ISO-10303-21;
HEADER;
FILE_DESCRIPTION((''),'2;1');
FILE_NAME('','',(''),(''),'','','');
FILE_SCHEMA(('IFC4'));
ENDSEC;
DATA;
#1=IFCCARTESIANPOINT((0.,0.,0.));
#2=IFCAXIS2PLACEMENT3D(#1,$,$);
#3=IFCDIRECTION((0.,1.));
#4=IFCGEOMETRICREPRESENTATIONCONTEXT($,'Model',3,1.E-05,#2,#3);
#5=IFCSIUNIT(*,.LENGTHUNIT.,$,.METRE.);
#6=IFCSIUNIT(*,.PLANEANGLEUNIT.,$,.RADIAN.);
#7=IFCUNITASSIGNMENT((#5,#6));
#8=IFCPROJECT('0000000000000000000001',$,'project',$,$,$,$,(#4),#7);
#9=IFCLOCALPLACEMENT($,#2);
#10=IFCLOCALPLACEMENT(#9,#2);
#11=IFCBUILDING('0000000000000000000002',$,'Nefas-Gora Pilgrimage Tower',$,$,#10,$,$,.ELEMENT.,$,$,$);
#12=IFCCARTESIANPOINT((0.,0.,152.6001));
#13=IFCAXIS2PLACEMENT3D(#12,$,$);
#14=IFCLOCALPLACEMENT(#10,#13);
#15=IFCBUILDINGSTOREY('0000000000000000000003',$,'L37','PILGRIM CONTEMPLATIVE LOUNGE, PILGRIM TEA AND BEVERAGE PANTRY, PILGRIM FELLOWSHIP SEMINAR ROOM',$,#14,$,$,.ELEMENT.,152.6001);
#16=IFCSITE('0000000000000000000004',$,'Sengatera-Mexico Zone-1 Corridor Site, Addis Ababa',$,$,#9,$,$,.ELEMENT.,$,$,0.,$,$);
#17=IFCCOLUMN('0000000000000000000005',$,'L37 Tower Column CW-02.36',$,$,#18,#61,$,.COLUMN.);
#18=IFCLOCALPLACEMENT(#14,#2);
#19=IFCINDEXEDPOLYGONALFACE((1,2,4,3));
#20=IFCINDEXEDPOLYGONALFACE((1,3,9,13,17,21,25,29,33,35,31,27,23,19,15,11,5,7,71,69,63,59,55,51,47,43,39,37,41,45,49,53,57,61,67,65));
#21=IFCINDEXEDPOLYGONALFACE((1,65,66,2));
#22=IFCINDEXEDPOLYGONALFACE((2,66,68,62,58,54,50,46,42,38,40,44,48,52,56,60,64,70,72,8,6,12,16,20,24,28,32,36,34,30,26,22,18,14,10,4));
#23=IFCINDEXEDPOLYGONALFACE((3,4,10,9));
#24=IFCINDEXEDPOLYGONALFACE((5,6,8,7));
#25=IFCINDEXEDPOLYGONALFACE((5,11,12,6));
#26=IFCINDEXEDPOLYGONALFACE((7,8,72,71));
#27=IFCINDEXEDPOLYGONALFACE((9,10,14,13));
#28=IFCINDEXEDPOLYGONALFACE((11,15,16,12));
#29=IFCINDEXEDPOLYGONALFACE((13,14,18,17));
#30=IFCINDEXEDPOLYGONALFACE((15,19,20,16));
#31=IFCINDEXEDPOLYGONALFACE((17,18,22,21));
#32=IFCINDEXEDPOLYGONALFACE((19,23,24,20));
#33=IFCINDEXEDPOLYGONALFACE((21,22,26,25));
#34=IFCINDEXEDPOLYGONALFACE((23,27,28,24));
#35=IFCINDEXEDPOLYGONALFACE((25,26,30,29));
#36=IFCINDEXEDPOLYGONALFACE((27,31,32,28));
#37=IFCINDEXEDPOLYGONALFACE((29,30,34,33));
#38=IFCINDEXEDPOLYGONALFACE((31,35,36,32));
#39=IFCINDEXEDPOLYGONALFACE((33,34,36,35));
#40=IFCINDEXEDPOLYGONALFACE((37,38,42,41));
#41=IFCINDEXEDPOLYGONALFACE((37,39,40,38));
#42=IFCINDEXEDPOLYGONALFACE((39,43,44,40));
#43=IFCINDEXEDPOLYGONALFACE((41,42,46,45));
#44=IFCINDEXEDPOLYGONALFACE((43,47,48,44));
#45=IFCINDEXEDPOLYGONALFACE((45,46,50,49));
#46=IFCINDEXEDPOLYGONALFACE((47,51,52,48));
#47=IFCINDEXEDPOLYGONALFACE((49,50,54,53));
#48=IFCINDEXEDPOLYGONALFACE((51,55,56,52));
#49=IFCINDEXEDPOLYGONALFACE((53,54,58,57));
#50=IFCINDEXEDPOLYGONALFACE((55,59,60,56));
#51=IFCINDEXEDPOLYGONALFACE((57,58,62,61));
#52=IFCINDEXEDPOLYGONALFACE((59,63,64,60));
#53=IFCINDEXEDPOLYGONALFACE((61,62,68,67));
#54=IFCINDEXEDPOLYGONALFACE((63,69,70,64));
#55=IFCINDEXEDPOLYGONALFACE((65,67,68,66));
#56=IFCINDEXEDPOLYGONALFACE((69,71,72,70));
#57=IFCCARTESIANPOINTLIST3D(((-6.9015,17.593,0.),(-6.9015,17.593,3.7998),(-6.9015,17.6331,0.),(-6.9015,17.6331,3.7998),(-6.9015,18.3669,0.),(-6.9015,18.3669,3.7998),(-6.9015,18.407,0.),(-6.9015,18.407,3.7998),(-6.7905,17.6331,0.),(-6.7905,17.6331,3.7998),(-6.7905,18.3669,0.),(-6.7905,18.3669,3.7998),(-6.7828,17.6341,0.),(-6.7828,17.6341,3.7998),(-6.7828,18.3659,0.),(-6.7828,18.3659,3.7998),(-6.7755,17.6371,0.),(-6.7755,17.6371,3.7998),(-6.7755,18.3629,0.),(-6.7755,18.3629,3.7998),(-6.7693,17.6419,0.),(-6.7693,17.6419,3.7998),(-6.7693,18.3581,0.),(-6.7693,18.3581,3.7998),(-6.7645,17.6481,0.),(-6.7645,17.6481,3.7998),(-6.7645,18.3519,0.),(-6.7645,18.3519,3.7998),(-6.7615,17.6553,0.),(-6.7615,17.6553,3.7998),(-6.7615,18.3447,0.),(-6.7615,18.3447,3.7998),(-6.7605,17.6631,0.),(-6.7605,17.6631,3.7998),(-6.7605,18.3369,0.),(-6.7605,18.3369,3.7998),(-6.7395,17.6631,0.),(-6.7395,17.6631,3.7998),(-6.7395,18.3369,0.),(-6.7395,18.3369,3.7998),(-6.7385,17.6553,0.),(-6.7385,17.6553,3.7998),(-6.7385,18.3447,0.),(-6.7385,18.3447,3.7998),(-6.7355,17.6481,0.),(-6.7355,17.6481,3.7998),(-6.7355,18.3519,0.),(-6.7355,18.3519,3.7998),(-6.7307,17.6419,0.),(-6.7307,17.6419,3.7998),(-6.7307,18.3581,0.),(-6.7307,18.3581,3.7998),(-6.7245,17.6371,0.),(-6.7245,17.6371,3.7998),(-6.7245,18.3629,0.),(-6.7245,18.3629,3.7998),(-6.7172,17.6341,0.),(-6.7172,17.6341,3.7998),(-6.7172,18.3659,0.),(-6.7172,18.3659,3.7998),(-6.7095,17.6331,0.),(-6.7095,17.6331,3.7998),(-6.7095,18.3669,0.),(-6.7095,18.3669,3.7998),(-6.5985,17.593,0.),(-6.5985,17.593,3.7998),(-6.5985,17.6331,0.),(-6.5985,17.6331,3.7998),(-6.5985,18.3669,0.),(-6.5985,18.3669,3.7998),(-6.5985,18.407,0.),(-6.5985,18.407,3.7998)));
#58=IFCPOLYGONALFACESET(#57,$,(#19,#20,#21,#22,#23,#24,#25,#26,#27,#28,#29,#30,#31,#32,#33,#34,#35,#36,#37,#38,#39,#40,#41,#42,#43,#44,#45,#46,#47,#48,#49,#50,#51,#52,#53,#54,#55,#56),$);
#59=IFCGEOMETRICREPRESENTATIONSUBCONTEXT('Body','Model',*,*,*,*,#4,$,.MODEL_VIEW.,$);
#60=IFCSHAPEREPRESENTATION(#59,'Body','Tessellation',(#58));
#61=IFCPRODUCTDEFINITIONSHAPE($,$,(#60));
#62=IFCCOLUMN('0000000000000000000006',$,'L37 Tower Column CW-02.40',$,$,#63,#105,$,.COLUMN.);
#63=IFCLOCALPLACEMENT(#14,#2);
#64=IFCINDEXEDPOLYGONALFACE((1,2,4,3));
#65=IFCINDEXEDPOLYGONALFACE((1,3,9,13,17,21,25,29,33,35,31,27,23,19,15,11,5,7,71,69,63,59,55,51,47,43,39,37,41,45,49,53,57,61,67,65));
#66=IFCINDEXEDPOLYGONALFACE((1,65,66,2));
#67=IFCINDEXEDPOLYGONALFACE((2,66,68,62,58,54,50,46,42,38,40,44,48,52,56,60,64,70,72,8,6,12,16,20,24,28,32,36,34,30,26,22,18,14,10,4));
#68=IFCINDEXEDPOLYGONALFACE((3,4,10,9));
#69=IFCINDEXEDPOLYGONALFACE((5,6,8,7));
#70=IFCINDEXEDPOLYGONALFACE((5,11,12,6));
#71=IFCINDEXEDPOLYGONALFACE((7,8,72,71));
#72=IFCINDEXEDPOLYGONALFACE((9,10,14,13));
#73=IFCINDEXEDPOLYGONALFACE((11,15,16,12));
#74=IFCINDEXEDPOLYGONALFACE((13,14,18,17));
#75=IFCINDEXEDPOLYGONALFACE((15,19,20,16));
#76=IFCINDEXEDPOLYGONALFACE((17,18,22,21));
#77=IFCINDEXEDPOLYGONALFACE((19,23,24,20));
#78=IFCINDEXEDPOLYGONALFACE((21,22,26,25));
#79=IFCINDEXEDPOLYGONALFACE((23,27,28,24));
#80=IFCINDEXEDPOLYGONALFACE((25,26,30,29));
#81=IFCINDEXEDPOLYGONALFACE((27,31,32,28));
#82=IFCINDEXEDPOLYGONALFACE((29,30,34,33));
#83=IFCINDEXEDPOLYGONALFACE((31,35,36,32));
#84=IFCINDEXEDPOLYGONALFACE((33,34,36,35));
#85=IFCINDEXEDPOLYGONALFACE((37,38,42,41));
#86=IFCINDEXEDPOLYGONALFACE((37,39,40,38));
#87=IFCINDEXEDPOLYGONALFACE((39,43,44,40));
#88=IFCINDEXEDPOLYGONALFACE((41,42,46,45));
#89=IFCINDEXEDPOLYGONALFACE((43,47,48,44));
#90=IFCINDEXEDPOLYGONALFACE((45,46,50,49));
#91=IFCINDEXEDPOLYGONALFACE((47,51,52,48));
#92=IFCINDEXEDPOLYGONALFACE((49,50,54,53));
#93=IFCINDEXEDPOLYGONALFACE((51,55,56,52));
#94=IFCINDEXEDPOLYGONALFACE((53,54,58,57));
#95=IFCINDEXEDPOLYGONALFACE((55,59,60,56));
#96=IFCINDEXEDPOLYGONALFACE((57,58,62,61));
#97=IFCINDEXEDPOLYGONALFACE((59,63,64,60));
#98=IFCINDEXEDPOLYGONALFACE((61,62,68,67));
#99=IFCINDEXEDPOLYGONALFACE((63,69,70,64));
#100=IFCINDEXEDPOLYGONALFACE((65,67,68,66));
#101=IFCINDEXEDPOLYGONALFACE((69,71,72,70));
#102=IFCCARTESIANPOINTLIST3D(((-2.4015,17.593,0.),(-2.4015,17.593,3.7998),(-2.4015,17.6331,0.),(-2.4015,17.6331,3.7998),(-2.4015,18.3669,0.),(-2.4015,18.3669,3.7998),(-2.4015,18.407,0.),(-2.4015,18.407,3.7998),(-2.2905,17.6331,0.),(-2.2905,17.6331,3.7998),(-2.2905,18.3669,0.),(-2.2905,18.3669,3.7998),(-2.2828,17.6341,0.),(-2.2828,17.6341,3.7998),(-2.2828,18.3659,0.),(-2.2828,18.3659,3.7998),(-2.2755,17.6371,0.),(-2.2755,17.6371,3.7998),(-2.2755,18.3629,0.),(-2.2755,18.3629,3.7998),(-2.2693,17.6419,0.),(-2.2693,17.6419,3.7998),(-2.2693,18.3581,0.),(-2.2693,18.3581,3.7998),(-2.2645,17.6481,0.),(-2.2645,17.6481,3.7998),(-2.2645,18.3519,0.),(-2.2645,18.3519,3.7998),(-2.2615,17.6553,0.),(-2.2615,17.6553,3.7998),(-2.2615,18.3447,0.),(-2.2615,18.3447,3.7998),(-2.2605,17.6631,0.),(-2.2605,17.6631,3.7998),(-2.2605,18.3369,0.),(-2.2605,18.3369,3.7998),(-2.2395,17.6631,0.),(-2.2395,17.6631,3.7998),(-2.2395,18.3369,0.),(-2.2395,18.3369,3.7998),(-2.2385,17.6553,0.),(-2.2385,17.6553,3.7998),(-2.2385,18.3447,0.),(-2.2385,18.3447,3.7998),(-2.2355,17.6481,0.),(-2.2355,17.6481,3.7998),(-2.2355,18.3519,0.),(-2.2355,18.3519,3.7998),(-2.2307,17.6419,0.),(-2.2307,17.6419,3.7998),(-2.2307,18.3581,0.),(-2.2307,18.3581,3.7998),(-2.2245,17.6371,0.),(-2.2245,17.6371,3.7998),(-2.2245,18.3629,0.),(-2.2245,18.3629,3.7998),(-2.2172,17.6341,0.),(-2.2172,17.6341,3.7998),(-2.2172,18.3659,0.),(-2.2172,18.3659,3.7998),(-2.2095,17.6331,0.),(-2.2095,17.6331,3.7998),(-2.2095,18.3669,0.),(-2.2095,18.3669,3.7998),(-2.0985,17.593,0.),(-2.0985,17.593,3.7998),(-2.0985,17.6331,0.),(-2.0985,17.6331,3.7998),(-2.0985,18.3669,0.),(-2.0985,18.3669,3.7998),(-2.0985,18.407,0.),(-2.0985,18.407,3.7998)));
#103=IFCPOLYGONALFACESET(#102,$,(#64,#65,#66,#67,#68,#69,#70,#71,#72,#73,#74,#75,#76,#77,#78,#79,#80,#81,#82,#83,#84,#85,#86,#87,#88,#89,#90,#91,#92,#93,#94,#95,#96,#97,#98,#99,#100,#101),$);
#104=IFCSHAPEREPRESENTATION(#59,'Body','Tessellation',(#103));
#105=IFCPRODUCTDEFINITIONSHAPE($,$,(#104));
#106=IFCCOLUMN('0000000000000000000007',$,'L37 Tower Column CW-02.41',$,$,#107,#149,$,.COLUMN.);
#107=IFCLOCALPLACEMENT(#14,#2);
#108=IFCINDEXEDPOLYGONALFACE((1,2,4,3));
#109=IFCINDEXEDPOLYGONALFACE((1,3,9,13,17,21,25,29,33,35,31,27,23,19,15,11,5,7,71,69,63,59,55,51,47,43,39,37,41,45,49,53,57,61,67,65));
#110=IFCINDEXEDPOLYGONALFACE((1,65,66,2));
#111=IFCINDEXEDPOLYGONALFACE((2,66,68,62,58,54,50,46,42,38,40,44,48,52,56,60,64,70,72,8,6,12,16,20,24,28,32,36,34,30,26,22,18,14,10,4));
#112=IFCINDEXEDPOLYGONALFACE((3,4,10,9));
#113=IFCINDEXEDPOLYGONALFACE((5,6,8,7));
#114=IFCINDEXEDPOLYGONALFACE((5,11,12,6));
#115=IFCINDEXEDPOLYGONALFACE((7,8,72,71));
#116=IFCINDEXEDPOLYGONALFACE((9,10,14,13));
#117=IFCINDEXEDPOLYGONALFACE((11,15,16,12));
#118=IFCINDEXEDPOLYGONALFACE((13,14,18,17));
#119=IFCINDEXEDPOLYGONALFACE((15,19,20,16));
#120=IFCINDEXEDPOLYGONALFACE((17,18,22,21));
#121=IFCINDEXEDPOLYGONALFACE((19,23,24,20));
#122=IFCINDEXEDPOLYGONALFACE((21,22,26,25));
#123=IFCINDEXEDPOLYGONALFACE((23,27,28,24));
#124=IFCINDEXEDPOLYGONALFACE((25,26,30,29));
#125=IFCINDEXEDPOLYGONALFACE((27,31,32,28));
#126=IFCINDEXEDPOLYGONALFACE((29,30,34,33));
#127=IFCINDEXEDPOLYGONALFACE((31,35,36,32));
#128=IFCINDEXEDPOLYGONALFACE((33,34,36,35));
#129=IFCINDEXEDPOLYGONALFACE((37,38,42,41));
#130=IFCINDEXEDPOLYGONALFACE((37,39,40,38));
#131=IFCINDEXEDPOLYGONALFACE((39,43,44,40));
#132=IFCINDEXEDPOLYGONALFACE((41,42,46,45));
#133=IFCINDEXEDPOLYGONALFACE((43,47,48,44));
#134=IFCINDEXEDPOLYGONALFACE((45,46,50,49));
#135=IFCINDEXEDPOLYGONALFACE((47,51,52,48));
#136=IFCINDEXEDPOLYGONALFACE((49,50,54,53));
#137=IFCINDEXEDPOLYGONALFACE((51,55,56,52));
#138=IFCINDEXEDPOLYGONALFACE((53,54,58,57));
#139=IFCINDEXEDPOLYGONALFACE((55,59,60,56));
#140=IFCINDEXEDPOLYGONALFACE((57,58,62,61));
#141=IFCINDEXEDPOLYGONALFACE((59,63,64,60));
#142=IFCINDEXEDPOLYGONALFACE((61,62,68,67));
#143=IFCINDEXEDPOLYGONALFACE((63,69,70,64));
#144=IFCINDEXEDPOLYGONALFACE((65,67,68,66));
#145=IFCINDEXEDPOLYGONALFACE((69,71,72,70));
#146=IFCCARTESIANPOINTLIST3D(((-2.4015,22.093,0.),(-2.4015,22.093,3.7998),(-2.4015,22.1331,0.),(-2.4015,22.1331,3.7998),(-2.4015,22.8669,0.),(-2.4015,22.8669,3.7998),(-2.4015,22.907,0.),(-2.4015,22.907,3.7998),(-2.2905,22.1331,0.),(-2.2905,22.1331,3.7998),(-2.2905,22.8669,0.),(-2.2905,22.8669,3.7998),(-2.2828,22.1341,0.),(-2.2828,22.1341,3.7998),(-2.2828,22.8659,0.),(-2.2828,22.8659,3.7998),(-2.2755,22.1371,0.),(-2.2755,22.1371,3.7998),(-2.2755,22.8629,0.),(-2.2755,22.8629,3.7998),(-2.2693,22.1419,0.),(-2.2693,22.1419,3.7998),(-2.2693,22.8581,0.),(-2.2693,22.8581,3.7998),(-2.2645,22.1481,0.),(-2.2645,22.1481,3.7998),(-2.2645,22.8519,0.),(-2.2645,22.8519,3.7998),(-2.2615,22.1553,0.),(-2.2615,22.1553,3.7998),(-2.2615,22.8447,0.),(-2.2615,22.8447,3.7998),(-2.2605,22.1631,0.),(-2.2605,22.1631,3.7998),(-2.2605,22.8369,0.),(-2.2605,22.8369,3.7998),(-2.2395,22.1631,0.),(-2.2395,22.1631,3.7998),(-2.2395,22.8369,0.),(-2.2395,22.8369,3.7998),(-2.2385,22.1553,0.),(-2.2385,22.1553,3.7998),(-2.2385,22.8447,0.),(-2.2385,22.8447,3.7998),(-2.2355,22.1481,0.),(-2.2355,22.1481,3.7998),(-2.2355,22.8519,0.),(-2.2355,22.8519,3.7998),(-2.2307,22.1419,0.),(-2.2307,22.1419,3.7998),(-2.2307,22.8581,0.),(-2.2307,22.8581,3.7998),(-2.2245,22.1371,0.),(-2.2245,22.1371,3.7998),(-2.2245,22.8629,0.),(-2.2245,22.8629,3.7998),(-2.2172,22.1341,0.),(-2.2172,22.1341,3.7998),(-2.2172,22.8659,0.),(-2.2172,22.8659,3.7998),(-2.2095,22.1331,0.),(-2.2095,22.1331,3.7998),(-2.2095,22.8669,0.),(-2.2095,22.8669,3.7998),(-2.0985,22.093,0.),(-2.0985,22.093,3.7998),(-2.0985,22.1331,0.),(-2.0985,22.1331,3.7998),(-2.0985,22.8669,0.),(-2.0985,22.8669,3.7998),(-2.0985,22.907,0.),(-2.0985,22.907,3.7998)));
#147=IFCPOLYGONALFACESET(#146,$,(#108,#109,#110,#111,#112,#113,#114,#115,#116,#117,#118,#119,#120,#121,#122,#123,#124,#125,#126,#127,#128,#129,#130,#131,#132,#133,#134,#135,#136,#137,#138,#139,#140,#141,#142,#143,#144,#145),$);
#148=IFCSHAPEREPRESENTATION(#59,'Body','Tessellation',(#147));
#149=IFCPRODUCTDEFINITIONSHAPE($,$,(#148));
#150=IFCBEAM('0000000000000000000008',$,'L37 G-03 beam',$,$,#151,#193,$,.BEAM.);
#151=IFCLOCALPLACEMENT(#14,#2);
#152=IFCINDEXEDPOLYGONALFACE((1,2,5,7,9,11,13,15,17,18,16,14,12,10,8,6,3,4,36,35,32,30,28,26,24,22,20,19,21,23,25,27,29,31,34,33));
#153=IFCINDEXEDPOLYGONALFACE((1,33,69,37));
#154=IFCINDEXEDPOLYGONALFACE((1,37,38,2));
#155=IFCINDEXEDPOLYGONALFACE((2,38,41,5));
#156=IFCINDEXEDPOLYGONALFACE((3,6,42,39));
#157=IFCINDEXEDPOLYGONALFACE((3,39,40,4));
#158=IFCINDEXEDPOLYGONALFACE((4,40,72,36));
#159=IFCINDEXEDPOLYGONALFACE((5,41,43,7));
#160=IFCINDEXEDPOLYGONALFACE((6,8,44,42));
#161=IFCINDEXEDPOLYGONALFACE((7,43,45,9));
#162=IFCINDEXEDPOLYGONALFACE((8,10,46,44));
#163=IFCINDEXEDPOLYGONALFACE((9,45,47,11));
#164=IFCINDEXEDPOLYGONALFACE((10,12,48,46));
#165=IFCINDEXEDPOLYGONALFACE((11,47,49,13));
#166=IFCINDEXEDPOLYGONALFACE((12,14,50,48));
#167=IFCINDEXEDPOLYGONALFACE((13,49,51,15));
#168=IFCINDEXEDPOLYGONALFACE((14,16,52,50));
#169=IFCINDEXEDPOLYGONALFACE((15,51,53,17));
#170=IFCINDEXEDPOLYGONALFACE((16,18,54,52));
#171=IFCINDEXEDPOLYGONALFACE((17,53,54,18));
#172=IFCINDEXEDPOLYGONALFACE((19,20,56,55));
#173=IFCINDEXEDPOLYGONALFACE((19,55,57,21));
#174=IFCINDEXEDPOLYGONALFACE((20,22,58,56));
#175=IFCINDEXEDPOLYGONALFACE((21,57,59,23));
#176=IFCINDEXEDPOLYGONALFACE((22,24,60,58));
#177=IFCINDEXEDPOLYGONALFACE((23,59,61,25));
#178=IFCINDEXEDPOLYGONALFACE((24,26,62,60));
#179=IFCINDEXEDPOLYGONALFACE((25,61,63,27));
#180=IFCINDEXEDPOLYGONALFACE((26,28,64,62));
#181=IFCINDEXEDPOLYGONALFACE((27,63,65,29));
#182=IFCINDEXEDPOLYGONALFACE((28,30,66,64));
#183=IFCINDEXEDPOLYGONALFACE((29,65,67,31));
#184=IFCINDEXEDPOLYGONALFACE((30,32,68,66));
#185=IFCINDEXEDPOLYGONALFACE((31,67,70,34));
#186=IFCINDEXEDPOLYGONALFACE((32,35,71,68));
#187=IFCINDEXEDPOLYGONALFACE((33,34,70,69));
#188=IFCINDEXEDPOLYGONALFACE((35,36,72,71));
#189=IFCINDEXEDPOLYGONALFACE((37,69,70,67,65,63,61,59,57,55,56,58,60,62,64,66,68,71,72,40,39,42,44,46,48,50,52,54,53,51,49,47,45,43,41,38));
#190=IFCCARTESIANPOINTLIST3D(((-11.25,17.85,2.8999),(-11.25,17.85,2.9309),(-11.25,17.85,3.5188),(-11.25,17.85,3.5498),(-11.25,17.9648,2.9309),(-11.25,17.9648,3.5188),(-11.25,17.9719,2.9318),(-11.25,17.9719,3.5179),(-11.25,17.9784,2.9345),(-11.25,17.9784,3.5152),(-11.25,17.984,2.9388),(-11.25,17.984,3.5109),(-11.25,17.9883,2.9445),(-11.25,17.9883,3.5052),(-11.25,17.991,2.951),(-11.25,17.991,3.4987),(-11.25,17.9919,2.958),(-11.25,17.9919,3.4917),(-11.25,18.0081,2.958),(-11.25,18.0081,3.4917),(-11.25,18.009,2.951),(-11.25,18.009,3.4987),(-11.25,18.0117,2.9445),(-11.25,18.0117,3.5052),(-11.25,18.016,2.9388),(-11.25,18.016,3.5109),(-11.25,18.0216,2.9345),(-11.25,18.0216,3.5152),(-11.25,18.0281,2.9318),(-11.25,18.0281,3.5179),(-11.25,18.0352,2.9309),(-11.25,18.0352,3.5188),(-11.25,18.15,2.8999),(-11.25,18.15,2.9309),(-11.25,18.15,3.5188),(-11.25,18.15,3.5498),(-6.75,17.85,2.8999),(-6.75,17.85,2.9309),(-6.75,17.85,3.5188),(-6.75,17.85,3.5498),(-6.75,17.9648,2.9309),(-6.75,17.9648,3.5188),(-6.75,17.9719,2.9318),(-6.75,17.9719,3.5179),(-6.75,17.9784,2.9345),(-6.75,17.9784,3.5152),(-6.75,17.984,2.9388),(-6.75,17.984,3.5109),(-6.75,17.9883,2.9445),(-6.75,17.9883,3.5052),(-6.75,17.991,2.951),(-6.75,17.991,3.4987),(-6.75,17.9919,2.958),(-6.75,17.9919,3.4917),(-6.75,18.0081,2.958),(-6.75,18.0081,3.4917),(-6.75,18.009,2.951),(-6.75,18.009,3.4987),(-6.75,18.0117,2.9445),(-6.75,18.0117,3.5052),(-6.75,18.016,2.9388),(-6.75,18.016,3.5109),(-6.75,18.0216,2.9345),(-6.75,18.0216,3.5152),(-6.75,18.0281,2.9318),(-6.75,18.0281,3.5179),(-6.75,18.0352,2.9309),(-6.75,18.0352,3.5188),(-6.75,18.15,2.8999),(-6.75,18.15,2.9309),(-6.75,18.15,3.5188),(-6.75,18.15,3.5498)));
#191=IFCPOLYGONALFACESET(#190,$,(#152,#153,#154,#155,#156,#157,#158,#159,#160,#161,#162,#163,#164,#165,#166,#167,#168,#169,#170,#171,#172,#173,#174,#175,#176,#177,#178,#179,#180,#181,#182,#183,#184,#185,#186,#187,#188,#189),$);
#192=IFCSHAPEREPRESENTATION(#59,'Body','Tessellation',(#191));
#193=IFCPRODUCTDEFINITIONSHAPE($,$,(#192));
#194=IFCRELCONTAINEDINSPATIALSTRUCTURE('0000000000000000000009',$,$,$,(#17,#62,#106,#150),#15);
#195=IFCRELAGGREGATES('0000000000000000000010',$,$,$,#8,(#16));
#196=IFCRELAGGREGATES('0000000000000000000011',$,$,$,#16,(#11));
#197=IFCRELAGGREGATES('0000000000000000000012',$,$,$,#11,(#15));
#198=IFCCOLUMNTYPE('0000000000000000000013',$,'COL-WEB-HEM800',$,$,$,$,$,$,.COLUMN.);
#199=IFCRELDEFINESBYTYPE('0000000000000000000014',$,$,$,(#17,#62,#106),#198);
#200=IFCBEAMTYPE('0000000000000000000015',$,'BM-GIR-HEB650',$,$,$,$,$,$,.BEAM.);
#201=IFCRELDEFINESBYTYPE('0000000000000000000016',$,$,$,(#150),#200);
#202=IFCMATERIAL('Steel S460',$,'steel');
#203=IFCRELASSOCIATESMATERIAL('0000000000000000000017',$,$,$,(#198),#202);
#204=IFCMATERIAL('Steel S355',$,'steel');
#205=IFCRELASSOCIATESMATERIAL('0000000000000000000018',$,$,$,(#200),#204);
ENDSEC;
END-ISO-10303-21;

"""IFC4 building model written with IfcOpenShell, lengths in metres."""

from ifc_helpers import new_model, si_unit, direction, frame, origin, origin_2d, place, context, subcontext, project, spatial, i_section, extrude, source, transform, mapped, material, material_profile, profile_set, type_object, element, save


model = new_model("IFC4")

# Units and contexts
model_context = context("Model", 3, precision=1e-05, world=origin(), true_north=direction((0.0, 1.0)))
body_context = subcontext(model_context, "Body", "Model", "MODEL_VIEW")
ifc_project = project(units=[si_unit("LENGTHUNIT", "METRE"), si_unit("PLANEANGLEUNIT", "RADIAN")], contexts=[model_context])

# Site, building, storey
site_placement = place(None, origin())
site = spatial("IfcSite", under=ifc_project, at=site_placement, Name="Sengatera-Mexico Zone-1 Corridor Site, Addis Ababa", CompositionType="ELEMENT", RefElevation=0.0)
building_placement = place(site_placement, origin())
building = spatial("IfcBuilding", under=site, at=building_placement, Name="Nefas-Gora Pilgrimage Tower", CompositionType="ELEMENT")
storey_placement = place(building_placement, frame((0.0, 0.0, 152.6001)))
storey = spatial("IfcBuildingStorey", under=building, at=storey_placement, Name="L37", Description="PILGRIM CONTEMPLATIVE LOUNGE, PILGRIM TEA AND BEVERAGE PANTRY, PILGRIM FELLOWSHIP SEMINAR ROOM", CompositionType="ELEMENT", Elevation=152.6001)

# Columns
ifc_material_1 = material(Name="Steel S460", Category="steel")
ifc_material_profile_1 = material_profile(ifc_material_1, i_section(OverallWidth=0.303, OverallDepth=0.814, WebThickness=0.021, FlangeThickness=0.04, FilletRadius=0.03, at=origin_2d()), Name="HEM 800")
ifc_profile_set_1 = profile_set([ifc_material_profile_1], Name="Steel S460")
column_type_1 = type_object("IfcColumnType", Name="COL-WEB-HEM800", PredefinedType="COLUMN", material=ifc_profile_set_1)
shared_shape_1 = source(origin(), body_context, "Body", "SweptSolid", [
    extrude(i_section(OverallWidth=0.303, OverallDepth=0.814, WebThickness=0.021, FlangeThickness=0.04, FilletRadius=0.03, at=origin_2d()), origin(), (0.0, 0.0, 1.0), 3.7998),
])
for number, where, z_axis, x_axis, name in (
    (1, (-6.75, 18.0, 0.0), (0.0, 0.0, 1.0), (1.0, 0.0, 0.0), "L37 Tower Column CW-02.36"),
    (2, (-2.25, 18.0, 0.0), (0.0, 0.0, 1.0), (1.0, 0.0, 0.0), "L37 Tower Column CW-02.40"),
    (3, (-2.25, 22.5, 0.0), (0.0, 0.0, 1.0), (1.0, 0.0, 0.0), "L37 Tower Column CW-02.41"),
):
    element("IfcColumn", number, at=place(storey_placement, frame(where, z_axis=z_axis, x_axis=x_axis)), inside=storey, type_object=column_type_1, Name=name, PredefinedType="COLUMN", context=body_context, shape_type="MappedRepresentation", body=[
        mapped(shared_shape_1, transform((0.0, 0.0, 0.0), x_axis=(1.0, 0.0, 0.0), y_axis=(0.0, 1.0, 0.0), z_axis=(0.0, 0.0, 1.0), scale=1.0)),
    ])

# Beam
ifc_material_2 = material(Name="Steel S355", Category="steel")
ifc_material_profile_2 = material_profile(ifc_material_2, i_section(OverallWidth=0.3, OverallDepth=0.6499, WebThickness=0.0161, FlangeThickness=0.031, FilletRadius=0.0271, at=origin_2d()), Name="HEB 650")
ifc_profile_set_2 = profile_set([ifc_material_profile_2], Name="Steel S355")
beam_type = type_object("IfcBeamType", Name="BM-GIR-HEB650", PredefinedType="BEAM", material=ifc_profile_set_2)
shared_shape_2 = source(origin(), body_context, "Body", "SweptSolid", [
    extrude(i_section(OverallWidth=0.3, OverallDepth=0.6499, WebThickness=0.0161, FlangeThickness=0.031, FilletRadius=0.0271, at=origin_2d()), origin(), (0.0, 0.0, 1.0), 4.5),
])
for number, where, z_axis, x_axis, name in (
    (4, (-11.25, 18.0, 3.2249), (1.0, 0.0, 0.0), (0.0, 1.0, 0.0), "L37 G-03 beam"),
):
    element("IfcBeam", number, at=place(storey_placement, frame(where, z_axis=z_axis, x_axis=x_axis)), inside=storey, type_object=beam_type, Name=name, PredefinedType="BEAM", context=body_context, shape_type="MappedRepresentation", body=[
        mapped(shared_shape_2, transform((0.0, 0.0, 0.0), x_axis=(1.0, 0.0, 0.0), y_axis=(0.0, 1.0, 0.0), z_axis=(0.0, 0.0, 1.0), scale=1.0)),
    ])

save(model, "model.ifc")
